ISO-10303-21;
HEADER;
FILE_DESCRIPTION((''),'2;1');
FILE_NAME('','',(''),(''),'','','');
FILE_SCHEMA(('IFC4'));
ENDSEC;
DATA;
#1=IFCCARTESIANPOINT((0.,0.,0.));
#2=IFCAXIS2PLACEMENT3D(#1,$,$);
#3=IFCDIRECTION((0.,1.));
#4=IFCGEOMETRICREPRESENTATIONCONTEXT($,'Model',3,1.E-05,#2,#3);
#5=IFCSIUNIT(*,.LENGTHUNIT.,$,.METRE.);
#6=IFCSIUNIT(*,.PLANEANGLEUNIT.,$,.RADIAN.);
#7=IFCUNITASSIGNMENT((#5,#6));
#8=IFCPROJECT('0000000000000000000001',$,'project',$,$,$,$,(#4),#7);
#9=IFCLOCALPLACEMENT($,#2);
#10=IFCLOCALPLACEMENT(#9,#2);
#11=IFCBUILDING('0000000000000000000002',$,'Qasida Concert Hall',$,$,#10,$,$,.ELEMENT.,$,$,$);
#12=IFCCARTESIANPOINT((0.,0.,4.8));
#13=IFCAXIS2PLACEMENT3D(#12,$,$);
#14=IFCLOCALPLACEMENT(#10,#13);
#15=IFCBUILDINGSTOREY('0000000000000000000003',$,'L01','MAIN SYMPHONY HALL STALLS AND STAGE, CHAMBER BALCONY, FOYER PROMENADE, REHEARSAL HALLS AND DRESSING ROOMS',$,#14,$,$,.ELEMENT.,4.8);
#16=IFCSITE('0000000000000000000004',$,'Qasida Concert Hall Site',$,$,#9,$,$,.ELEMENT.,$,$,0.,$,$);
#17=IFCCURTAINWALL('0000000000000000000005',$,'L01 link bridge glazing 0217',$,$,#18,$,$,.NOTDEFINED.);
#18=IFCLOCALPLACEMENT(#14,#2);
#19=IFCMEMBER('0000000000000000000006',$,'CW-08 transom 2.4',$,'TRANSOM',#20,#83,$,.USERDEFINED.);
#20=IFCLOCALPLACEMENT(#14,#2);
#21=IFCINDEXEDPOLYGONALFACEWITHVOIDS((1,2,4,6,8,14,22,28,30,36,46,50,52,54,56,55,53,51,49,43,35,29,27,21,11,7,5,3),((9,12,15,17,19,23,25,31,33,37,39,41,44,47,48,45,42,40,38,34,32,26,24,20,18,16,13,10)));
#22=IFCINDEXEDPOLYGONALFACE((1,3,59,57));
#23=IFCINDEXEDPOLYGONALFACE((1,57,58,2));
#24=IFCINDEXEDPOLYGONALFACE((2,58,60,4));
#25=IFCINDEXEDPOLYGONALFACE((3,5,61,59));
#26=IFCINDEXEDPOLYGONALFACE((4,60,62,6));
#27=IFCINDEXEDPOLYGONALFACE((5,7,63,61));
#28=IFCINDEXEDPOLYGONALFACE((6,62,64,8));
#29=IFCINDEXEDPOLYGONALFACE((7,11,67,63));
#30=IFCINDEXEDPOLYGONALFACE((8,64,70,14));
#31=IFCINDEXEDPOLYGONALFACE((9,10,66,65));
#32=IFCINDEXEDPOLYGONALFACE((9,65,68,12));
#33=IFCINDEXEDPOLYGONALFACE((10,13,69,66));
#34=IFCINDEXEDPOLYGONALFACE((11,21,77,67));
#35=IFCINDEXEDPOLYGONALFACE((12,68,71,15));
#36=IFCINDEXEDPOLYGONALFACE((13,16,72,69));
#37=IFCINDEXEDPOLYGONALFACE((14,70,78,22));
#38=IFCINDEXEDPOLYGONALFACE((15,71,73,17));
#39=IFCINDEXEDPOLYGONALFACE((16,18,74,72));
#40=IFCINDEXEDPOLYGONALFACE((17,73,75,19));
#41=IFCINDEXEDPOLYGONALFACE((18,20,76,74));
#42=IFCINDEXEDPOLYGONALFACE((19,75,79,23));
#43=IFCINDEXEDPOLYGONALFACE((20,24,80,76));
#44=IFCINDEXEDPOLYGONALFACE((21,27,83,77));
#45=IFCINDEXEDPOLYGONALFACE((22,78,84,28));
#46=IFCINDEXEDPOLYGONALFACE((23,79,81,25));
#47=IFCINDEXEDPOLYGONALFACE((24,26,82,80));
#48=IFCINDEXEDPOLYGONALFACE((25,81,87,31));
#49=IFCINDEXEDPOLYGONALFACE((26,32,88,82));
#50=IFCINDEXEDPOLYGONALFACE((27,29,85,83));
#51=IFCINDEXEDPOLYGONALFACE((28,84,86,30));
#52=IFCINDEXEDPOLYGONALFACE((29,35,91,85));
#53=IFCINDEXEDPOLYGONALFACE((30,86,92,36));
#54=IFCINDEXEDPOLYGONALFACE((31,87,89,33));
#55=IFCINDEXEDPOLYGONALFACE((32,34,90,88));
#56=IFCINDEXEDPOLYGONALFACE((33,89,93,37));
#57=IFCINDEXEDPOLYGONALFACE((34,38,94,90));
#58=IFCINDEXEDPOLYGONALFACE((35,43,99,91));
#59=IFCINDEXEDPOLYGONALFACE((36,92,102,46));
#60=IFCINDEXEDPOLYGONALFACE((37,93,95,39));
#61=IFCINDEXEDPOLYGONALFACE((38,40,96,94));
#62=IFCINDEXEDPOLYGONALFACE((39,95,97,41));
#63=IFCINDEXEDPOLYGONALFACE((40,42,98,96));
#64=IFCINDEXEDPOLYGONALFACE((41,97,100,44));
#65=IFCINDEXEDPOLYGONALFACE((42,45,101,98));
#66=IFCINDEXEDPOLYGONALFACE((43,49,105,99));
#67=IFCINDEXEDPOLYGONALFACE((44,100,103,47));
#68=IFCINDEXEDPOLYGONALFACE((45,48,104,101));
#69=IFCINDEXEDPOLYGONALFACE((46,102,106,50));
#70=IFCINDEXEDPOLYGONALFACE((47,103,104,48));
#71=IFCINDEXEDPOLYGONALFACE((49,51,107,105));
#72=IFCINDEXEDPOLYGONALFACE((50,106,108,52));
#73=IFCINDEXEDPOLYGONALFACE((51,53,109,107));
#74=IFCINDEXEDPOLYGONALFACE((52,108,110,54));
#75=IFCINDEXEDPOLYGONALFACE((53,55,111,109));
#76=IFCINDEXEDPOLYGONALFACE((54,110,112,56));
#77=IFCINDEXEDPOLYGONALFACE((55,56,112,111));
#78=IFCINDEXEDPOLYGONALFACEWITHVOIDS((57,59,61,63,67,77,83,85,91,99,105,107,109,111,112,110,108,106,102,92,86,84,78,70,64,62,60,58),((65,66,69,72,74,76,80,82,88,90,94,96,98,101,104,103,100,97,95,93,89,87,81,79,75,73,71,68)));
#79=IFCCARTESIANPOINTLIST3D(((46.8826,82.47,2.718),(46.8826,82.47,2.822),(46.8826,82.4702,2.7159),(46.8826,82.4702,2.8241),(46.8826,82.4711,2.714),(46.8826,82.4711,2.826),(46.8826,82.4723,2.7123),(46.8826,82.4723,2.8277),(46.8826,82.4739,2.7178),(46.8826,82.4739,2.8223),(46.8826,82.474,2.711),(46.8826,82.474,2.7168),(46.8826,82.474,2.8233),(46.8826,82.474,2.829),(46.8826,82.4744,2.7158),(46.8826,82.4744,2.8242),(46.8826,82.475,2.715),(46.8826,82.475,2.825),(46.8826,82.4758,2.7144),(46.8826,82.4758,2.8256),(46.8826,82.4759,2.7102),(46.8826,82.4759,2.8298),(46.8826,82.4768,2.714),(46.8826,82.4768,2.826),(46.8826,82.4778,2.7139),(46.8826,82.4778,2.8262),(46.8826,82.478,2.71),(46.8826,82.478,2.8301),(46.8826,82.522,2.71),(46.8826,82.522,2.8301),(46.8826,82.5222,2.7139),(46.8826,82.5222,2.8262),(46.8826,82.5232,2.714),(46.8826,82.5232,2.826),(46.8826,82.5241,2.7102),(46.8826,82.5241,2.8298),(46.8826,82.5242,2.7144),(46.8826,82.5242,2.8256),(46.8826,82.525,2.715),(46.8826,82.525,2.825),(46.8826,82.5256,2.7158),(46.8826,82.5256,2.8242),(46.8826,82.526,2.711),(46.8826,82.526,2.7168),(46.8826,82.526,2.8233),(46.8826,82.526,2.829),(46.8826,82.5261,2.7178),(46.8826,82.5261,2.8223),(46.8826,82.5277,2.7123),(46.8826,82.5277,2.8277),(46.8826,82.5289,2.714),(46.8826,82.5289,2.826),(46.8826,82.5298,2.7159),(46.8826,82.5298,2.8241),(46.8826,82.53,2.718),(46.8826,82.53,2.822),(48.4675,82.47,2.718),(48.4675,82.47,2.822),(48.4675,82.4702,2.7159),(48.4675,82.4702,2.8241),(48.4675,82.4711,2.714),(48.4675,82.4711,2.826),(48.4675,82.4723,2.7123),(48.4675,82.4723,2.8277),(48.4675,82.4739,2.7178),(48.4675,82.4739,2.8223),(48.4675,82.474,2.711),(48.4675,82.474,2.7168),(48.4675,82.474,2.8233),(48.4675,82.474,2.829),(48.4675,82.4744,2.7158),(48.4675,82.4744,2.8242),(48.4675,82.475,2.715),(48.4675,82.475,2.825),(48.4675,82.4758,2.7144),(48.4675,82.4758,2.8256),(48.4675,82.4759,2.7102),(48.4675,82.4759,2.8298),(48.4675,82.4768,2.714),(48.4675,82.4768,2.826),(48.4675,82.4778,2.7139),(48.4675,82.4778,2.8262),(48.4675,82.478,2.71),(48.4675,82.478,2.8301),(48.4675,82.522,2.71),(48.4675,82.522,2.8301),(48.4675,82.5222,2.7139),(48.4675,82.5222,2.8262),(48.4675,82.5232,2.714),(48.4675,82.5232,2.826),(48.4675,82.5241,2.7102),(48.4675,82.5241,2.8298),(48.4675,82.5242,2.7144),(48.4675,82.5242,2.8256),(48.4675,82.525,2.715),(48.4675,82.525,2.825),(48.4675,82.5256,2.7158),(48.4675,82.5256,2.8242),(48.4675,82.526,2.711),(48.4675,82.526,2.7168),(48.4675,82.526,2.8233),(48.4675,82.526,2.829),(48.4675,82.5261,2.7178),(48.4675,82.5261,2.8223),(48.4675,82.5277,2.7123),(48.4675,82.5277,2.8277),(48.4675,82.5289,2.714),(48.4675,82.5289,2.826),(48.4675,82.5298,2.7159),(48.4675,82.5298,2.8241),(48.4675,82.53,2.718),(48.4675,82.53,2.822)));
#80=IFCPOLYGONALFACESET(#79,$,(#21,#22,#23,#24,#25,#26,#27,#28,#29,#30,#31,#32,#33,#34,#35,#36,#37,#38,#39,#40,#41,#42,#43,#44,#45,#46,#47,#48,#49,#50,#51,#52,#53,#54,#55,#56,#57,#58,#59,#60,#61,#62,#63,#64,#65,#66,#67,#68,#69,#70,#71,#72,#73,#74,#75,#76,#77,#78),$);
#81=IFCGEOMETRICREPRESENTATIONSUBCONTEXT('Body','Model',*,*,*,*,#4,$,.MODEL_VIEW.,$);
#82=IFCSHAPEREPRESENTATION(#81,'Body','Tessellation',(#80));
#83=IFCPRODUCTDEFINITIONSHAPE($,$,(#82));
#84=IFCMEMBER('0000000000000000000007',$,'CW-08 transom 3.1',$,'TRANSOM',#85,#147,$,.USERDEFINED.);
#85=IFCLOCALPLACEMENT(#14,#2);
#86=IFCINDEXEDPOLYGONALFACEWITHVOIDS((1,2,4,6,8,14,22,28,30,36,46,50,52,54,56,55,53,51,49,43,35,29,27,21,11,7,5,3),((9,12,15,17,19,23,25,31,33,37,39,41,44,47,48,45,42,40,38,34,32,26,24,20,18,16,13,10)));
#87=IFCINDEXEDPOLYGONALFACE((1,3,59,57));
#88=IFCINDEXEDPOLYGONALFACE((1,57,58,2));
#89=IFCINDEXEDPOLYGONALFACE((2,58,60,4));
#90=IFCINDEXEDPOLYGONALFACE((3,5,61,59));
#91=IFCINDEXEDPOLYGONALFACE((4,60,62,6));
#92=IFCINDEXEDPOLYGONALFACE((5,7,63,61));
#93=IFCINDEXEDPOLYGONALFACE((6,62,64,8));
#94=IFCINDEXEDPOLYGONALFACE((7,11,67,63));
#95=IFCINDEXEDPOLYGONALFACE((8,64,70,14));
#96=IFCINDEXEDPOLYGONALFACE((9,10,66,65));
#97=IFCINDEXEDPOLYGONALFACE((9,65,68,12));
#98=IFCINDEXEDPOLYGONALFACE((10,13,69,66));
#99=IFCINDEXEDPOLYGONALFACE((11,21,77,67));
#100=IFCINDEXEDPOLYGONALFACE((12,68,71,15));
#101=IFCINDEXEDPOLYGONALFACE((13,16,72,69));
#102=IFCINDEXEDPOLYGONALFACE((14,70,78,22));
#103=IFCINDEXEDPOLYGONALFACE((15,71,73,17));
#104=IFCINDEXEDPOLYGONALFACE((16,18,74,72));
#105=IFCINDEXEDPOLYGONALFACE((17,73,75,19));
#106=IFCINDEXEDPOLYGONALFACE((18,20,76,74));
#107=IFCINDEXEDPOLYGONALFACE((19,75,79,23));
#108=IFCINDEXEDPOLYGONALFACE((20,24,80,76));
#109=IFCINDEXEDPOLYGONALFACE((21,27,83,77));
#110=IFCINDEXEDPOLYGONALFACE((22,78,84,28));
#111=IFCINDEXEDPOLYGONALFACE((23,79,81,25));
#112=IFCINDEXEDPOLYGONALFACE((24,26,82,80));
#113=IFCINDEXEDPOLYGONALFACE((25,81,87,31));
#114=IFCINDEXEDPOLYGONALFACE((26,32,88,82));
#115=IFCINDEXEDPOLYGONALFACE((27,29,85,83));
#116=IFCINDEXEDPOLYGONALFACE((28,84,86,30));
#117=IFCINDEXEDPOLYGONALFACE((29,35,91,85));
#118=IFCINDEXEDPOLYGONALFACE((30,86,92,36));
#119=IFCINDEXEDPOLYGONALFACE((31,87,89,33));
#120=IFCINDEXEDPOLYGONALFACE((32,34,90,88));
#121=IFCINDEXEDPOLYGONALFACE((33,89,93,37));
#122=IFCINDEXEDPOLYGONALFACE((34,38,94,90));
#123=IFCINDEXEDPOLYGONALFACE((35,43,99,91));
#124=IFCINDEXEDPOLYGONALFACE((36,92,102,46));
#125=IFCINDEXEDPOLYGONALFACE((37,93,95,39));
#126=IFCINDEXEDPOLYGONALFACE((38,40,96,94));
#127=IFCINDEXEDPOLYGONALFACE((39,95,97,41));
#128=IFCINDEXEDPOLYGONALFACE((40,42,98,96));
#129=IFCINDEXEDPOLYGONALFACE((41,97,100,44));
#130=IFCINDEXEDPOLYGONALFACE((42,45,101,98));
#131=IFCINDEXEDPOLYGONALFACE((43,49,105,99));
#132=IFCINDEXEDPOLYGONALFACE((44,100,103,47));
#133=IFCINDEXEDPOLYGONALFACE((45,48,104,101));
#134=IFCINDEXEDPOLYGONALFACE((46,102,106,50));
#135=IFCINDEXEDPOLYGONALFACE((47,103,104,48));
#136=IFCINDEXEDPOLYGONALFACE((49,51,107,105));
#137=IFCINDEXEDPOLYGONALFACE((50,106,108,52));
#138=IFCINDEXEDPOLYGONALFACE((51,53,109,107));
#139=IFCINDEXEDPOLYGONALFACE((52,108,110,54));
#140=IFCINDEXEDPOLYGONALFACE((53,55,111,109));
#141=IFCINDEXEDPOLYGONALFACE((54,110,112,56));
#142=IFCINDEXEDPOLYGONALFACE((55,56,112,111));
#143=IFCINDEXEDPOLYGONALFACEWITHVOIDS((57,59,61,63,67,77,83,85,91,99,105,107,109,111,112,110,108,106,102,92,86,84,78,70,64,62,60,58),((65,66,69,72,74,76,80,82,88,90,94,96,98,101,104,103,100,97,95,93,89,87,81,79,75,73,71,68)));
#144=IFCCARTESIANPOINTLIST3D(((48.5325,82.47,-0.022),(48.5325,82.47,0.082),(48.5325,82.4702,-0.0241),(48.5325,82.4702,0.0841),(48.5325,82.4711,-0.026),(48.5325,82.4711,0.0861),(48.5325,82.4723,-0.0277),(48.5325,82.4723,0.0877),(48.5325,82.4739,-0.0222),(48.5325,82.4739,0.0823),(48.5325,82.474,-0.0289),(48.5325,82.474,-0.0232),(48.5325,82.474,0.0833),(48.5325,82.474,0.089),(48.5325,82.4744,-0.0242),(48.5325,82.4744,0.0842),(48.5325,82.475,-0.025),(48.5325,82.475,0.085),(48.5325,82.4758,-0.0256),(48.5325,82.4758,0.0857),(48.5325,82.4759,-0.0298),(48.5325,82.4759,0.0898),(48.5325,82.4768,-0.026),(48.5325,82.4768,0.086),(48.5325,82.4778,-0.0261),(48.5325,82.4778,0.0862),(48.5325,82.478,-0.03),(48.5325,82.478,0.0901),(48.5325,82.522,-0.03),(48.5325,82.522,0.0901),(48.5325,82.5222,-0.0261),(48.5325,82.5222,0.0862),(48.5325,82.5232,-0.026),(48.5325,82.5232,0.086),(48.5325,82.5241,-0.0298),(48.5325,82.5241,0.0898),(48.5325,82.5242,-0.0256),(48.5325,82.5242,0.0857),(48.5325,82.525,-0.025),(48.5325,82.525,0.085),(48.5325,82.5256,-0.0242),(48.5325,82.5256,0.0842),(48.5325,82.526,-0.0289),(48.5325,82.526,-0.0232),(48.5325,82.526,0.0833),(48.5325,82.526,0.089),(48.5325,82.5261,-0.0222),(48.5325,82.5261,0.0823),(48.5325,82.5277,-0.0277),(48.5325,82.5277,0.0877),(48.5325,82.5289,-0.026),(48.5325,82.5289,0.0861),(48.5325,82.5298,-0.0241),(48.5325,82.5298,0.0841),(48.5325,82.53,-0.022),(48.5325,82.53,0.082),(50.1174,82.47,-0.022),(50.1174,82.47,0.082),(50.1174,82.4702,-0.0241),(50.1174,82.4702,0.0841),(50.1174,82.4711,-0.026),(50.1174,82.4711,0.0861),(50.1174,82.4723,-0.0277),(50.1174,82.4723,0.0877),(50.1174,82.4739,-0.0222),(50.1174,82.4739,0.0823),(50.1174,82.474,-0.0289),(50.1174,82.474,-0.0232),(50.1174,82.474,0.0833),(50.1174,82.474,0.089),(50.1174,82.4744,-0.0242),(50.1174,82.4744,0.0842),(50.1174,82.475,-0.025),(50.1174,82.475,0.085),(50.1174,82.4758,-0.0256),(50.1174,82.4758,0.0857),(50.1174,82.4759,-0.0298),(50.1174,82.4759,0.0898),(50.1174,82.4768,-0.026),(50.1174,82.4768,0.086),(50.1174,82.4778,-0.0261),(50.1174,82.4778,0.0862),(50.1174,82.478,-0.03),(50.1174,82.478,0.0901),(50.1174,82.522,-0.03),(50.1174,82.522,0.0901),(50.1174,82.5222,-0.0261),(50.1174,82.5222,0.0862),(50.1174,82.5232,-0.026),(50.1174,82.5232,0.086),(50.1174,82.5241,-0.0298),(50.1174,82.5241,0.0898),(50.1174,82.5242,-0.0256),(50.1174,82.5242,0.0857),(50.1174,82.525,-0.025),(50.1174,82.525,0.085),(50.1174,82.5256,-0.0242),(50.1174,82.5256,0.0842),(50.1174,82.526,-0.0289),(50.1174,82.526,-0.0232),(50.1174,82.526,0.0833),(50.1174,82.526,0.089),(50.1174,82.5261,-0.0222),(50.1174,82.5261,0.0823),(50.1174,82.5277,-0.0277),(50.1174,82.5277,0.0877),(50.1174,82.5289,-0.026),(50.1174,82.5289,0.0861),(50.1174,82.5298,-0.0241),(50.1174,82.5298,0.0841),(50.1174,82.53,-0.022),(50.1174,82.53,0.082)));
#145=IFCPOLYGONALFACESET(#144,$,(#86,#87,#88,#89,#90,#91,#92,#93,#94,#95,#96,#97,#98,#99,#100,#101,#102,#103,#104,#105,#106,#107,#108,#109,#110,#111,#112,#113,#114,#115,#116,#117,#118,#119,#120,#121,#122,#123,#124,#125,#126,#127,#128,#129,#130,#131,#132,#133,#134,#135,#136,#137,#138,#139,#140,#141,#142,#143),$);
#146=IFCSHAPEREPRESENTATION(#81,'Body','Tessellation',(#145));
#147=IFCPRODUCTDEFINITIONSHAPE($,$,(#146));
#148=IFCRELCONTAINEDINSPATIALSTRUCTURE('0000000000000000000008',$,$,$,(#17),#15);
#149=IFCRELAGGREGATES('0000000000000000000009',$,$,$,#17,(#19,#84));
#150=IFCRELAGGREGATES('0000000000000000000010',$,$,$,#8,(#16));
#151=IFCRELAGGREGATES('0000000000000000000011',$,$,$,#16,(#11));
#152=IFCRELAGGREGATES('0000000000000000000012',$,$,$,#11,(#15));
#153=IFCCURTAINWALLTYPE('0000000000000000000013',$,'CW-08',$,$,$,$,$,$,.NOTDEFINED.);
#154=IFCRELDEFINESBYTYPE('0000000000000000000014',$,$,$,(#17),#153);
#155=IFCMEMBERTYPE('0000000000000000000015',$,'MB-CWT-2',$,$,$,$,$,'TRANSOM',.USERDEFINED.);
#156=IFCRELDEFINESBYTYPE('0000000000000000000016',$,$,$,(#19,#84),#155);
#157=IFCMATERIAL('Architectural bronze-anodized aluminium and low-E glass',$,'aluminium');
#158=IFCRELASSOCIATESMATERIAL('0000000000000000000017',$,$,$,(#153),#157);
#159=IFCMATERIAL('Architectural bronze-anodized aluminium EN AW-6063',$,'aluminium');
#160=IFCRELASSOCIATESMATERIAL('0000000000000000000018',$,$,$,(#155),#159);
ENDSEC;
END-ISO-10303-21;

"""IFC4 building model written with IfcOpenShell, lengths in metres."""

from ifc_helpers import new_model, si_unit, direction, frame, origin, origin_2d, place, context, subcontext, project, spatial, hollow_rectangle, extrude, material, material_profile, profile_set, type_object, element, aggregate, save


model = new_model("IFC4")

# Units and contexts
model_context = context("Model", 3, precision=1e-05, world=origin(), true_north=direction((0.0, 1.0)))
body_context = subcontext(model_context, "Body", "Model", "MODEL_VIEW")
ifc_project = project(units=[si_unit("LENGTHUNIT", "METRE"), si_unit("PLANEANGLEUNIT", "RADIAN")], contexts=[model_context])

# Site, building, storey
site_placement = place(None, origin())
site = spatial("IfcSite", under=ifc_project, at=site_placement, Name="Qasida Concert Hall Site", CompositionType="ELEMENT", RefElevation=0.0)
building_placement = place(site_placement, origin())
building = spatial("IfcBuilding", under=site, at=building_placement, Name="Qasida Concert Hall", CompositionType="ELEMENT")
storey_placement = place(building_placement, frame((0.0, 0.0, 4.8)))
storey = spatial("IfcBuildingStorey", under=building, at=storey_placement, Name="L01", Description="MAIN SYMPHONY HALL STALLS AND STAGE, CHAMBER BALCONY, FOYER PROMENADE, REHEARSAL HALLS AND DRESSING ROOMS", CompositionType="ELEMENT", Elevation=4.8)

# Curtain wall, members
ifc_material_1 = material(Name="Architectural bronze-anodized aluminium and low-E glass", Category="aluminium")
curtain_wall_type = type_object("IfcCurtainWallType", Name="CW-08", PredefinedType="NOTDEFINED", material=ifc_material_1)
curtain_wall_placement = place(storey_placement, origin())
curtain_wall = element("IfcCurtainWall", 1, at=curtain_wall_placement, inside=storey, type_object=curtain_wall_type, Name="L01 link bridge glazing 0217", PredefinedType="NOTDEFINED")
ifc_material_2 = material(Name="Architectural bronze-anodized aluminium EN AW-6063", Category="aluminium")
ifc_material_profile_1 = material_profile(ifc_material_2, hollow_rectangle(XDim=0.0601, YDim=0.1201, WallThickness=0.0039, InnerFilletRadius=0.0039, OuterFilletRadius=0.0081, at=origin_2d()), Name="CWT 120x60x4")
ifc_profile_set_1 = profile_set([ifc_material_profile_1], Name="Architectural bronze-anodized aluminium EN AW-6063")
member_type_1 = type_object("IfcMemberType", Name="MB-CWT-2", ElementType="TRANSOM", PredefinedType="USERDEFINED", material=ifc_profile_set_1)
member_1_placement = place(storey_placement, frame((46.8826, 82.5, 2.77), z_axis=(1.0, 0.0, 0.0), x_axis=(0.0, 1.0, 0.0)))
member_1 = element("IfcMember", 2, at=member_1_placement, type_object=member_type_1, Name="CW-08 transom 2.4", ObjectType="TRANSOM", PredefinedType="USERDEFINED", context=body_context, shape_type="SweptSolid", body=[
    extrude(hollow_rectangle(XDim=0.0601, YDim=0.1201, WallThickness=0.0039, InnerFilletRadius=0.0039, OuterFilletRadius=0.0081, at=origin_2d()), origin(), (0.0, 0.0, 1.0), 1.585),
])
member_2_placement = place(storey_placement, frame((48.5325, 82.5, 0.03), z_axis=(1.0, 0.0, 0.0), x_axis=(0.0, 1.0, 0.0)))
member_2 = element("IfcMember", 3, at=member_2_placement, type_object=member_type_1, Name="CW-08 transom 3.1", ObjectType="TRANSOM", PredefinedType="USERDEFINED", context=body_context, shape_type="SweptSolid", body=[
    extrude(hollow_rectangle(XDim=0.0601, YDim=0.1201, WallThickness=0.0039, InnerFilletRadius=0.0039, OuterFilletRadius=0.0081, at=origin_2d()), origin(), (0.0, 0.0, 1.0), 1.585),
])
aggregate(curtain_wall, [member_1, member_2])

save(model, "model.ifc")
